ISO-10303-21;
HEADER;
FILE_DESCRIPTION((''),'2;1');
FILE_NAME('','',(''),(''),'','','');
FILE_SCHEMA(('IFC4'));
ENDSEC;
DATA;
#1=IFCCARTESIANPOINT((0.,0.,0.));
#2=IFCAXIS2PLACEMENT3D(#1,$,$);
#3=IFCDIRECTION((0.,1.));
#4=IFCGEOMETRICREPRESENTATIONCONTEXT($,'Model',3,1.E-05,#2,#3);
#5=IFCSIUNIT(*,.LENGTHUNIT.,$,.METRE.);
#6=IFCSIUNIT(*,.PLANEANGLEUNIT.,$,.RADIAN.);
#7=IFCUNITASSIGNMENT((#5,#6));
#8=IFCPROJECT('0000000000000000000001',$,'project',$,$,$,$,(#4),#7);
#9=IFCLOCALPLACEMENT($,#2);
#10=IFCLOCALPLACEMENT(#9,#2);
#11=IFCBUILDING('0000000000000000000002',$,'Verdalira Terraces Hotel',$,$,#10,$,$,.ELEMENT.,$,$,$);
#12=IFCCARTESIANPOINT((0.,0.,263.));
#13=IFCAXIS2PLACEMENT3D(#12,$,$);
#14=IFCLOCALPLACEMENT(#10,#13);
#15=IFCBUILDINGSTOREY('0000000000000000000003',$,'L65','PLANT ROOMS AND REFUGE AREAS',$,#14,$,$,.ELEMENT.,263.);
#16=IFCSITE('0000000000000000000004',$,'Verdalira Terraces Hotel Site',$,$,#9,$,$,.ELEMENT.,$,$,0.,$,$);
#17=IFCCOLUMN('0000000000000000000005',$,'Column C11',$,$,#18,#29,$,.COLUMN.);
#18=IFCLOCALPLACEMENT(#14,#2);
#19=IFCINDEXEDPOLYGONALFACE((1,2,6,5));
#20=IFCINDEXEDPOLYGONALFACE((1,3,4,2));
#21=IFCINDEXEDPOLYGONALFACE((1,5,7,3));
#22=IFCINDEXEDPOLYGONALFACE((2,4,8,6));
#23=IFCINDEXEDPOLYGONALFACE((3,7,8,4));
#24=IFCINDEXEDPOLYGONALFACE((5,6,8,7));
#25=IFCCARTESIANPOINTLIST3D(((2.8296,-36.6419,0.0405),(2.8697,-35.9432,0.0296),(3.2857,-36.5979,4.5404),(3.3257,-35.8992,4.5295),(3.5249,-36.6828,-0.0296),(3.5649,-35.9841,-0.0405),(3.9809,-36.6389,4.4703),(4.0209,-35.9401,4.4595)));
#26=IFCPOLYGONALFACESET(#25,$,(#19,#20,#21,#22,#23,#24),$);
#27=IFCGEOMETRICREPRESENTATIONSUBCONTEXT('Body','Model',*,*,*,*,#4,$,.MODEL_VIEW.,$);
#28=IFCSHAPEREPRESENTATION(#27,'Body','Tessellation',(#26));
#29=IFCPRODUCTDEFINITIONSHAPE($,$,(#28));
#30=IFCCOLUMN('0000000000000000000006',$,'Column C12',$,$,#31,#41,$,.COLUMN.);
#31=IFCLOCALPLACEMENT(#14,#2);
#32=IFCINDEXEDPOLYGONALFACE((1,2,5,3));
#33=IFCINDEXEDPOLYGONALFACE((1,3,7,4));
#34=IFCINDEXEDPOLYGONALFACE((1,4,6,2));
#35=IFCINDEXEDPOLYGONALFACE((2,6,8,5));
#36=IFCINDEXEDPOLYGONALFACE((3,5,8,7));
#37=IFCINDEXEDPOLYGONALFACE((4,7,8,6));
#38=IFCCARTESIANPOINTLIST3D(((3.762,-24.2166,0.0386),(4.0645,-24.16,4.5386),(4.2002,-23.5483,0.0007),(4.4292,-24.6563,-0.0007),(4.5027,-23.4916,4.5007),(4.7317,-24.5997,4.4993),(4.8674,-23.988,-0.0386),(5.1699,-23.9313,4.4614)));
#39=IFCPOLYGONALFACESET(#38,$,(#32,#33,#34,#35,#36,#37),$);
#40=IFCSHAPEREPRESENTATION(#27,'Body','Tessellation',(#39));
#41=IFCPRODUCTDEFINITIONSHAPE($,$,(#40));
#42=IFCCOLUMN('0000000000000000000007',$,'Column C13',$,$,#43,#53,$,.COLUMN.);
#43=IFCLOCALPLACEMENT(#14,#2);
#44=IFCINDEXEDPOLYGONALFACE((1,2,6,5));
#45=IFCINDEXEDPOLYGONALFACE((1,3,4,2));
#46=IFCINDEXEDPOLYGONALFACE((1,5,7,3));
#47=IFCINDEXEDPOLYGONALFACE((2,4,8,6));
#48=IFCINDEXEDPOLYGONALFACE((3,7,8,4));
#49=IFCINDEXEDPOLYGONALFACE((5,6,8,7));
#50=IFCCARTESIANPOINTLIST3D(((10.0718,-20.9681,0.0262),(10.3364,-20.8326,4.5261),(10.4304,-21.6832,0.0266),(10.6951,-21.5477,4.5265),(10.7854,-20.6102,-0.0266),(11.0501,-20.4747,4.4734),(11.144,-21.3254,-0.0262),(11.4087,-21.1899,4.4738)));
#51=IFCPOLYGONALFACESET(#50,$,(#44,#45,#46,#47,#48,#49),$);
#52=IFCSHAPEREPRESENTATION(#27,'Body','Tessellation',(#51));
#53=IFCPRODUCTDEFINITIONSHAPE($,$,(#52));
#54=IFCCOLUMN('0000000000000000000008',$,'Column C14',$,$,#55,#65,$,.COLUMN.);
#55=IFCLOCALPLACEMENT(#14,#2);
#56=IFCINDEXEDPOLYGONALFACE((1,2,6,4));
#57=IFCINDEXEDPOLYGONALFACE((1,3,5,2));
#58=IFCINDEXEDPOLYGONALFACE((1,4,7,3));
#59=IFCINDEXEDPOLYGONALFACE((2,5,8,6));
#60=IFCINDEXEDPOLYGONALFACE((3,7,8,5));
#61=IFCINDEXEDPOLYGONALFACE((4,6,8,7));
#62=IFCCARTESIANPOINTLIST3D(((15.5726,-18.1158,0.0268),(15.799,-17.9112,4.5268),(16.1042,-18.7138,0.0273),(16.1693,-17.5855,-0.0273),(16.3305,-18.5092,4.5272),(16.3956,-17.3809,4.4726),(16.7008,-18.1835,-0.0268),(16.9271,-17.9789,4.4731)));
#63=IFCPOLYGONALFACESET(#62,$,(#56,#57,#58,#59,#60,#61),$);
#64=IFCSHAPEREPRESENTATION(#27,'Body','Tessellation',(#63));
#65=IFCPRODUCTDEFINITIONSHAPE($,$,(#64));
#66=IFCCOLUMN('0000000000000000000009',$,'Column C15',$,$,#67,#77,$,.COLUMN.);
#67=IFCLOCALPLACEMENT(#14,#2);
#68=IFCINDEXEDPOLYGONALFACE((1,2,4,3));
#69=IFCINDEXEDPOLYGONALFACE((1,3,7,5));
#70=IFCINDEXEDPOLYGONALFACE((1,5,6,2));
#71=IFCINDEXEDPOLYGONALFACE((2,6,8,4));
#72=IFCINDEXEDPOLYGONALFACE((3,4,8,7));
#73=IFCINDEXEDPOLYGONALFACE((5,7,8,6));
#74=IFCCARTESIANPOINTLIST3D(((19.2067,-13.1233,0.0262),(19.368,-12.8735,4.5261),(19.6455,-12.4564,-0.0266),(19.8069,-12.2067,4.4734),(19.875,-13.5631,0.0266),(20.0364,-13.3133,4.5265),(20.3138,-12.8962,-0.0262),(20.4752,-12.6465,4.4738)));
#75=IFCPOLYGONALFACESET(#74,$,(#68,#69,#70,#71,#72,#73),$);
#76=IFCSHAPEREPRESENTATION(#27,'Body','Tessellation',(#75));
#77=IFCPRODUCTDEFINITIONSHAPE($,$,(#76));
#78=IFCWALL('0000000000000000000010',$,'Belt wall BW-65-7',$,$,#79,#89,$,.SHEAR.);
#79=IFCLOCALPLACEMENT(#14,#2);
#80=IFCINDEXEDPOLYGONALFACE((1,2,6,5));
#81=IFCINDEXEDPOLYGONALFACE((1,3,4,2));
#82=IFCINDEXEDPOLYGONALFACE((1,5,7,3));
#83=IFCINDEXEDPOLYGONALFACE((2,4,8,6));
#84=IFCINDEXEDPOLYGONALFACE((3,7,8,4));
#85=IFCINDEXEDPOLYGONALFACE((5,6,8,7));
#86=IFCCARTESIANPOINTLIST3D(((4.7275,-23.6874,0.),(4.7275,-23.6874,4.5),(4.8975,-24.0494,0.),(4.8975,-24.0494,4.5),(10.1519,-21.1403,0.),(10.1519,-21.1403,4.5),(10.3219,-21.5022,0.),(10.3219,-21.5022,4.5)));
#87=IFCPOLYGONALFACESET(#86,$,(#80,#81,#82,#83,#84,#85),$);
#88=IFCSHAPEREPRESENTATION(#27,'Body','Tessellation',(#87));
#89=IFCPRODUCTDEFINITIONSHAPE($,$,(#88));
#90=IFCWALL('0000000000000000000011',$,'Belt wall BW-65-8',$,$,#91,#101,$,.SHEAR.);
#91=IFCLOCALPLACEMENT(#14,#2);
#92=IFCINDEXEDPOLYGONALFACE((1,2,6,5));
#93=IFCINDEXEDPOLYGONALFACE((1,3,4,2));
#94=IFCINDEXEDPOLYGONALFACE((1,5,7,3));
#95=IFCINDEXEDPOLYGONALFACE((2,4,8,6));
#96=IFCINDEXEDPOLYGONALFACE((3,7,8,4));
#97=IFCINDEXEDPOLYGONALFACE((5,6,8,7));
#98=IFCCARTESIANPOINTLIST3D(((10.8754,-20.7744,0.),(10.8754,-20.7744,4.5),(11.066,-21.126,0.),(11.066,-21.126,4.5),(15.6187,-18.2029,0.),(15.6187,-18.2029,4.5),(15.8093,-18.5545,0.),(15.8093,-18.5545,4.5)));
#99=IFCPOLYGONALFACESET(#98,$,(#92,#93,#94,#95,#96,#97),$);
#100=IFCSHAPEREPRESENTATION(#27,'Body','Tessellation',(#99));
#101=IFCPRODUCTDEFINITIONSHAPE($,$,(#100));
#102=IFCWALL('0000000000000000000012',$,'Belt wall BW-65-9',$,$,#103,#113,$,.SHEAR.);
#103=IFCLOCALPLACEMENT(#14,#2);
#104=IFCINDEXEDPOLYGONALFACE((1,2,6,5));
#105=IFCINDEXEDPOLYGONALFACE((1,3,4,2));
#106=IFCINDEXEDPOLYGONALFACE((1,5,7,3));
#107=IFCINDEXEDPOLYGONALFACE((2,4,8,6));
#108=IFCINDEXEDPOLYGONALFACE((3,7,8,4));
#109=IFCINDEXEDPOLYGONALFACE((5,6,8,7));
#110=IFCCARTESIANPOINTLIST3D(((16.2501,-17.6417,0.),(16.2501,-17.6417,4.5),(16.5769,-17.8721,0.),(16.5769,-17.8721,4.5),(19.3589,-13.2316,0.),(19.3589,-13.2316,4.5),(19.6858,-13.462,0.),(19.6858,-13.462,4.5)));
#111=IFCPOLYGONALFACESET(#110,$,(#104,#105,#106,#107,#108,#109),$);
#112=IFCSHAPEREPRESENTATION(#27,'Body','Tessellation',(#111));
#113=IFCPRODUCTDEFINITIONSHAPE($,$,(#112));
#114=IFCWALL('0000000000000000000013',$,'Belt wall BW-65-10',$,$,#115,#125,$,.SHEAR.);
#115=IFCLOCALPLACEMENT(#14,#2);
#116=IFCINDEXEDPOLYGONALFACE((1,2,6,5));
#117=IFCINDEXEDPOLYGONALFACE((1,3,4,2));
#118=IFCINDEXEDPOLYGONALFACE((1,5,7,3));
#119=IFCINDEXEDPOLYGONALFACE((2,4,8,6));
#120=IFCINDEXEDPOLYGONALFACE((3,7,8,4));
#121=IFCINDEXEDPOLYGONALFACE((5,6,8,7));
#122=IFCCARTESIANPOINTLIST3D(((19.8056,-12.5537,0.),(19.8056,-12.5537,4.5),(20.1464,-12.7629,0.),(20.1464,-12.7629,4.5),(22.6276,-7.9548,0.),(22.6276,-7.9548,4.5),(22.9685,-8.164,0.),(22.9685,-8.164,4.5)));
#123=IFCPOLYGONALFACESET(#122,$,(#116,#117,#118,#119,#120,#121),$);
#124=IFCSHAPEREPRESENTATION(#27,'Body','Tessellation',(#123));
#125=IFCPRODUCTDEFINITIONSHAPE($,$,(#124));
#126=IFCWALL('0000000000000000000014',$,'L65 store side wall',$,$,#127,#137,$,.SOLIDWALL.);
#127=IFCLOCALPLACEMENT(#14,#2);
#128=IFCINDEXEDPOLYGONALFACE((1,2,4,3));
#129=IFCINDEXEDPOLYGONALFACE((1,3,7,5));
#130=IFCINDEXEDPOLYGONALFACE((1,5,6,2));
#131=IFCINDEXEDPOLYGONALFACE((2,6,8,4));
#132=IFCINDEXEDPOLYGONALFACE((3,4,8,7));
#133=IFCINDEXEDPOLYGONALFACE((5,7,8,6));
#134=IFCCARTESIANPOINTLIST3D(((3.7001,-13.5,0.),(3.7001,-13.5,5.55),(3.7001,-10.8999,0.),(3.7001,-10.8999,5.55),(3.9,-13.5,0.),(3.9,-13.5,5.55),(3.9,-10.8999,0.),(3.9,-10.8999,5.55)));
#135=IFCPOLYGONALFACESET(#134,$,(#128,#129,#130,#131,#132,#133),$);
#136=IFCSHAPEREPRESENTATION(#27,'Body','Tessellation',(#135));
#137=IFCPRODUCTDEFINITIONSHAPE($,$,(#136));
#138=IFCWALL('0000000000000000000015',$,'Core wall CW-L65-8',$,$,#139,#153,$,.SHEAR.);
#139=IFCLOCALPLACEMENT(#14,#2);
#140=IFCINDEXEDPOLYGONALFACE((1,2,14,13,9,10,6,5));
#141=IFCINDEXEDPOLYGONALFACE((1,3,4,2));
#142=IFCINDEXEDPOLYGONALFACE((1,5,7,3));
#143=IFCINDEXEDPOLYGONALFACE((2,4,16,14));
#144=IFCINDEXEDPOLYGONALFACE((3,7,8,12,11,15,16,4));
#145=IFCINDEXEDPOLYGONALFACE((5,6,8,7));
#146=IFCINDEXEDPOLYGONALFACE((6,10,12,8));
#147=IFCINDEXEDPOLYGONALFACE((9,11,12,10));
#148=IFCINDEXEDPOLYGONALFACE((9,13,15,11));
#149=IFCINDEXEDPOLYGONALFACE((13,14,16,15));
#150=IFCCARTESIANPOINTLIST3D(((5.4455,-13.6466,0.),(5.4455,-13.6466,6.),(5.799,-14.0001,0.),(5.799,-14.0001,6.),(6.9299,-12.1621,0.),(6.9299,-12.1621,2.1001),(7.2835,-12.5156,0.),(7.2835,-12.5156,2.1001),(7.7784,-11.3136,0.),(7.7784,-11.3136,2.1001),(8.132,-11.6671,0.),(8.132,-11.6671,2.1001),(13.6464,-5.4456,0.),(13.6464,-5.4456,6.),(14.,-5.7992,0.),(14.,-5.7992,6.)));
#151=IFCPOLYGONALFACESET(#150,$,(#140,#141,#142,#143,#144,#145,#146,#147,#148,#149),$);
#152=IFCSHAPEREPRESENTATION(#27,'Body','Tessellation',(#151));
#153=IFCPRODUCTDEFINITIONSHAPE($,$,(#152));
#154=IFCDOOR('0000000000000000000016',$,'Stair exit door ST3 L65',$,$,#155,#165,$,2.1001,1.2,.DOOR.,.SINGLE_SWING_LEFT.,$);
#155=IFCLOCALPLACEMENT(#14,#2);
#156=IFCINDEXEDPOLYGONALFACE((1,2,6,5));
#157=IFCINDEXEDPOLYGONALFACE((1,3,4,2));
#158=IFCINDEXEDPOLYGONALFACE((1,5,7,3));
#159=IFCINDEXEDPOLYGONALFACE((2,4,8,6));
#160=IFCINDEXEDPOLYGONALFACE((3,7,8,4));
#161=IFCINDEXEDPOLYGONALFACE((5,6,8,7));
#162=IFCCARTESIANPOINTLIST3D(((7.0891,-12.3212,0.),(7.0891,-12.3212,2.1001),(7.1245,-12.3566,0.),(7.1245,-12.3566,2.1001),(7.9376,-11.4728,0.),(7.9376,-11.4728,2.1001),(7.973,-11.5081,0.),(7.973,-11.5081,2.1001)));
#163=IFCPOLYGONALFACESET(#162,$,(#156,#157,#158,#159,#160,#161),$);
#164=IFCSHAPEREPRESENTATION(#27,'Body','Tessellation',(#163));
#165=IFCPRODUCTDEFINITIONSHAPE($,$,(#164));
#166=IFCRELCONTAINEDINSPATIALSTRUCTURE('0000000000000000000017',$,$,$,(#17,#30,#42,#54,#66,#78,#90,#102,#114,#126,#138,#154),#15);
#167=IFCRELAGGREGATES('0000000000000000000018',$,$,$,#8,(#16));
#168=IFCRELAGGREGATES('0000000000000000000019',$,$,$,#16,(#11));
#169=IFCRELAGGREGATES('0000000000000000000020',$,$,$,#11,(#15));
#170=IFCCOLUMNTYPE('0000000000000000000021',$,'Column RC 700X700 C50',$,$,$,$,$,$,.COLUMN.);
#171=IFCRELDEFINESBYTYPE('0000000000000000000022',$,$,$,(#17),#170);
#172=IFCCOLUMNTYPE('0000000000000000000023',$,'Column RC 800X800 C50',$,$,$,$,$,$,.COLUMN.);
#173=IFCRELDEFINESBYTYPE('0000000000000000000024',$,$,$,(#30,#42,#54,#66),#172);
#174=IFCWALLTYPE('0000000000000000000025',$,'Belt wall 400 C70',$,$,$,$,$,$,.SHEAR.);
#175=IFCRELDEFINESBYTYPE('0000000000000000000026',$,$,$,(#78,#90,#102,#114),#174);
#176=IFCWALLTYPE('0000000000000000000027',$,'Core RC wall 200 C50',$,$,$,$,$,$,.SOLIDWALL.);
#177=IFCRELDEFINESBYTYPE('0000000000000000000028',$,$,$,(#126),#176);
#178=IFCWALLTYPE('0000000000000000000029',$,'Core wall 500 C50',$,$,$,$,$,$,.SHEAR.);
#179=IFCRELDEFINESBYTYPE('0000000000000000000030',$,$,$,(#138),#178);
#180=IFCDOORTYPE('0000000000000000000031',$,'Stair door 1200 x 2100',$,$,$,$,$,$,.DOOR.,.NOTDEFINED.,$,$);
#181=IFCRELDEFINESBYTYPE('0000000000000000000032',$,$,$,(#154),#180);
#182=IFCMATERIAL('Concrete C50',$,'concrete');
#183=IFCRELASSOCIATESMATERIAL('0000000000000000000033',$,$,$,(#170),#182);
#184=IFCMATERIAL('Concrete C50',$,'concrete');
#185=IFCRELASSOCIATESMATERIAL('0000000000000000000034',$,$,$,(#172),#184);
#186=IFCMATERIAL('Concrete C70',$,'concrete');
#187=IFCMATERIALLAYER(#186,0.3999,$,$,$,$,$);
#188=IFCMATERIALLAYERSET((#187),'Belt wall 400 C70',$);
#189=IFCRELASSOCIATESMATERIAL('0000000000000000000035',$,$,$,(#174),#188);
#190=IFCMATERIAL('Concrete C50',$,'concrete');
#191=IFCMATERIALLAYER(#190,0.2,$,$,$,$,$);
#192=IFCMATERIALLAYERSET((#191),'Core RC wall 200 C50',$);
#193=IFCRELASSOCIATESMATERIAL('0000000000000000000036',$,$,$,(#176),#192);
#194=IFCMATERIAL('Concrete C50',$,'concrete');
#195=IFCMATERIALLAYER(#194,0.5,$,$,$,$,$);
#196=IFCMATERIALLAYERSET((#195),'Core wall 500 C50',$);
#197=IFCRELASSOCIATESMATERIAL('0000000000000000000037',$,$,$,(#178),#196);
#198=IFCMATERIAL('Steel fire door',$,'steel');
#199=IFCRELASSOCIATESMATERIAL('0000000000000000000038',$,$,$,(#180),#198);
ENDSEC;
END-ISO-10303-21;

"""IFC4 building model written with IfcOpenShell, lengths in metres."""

from ifc_helpers import new_model, si_unit, direction, frame, frame_2d, origin, origin_2d, place, context, subcontext, project, spatial, rectangle, extrude, material, layer, layer_set, material_profile, profile_set, type_object, element, fill, save


model = new_model("IFC4")

# Units and contexts
model_context = context("Model", 3, precision=1e-05, world=origin(), true_north=direction((0.0, 1.0)))
body_context = subcontext(model_context, "Body", "Model", "MODEL_VIEW")
ifc_project = project(units=[si_unit("LENGTHUNIT", "METRE"), si_unit("PLANEANGLEUNIT", "RADIAN")], contexts=[model_context])

# Site, building, storey
site_placement = place(None, origin())
site = spatial("IfcSite", under=ifc_project, at=site_placement, Name="Verdalira Terraces Hotel Site", CompositionType="ELEMENT", RefElevation=0.0)
building_placement = place(site_placement, origin())
building = spatial("IfcBuilding", under=site, at=building_placement, Name="Verdalira Terraces Hotel", CompositionType="ELEMENT")
storey_placement = place(building_placement, frame((0.0, 0.0, 263.0)))
storey = spatial("IfcBuildingStorey", under=building, at=storey_placement, Name="L65", Description="PLANT ROOMS AND REFUGE AREAS", CompositionType="ELEMENT", Elevation=263.0)

# Columns
ifc_material_1 = material(Name="Concrete C50", Category="concrete")
ifc_material_profile_1 = material_profile(ifc_material_1, rectangle(XDim=0.7, YDim=0.7, at=origin_2d()), Name="RC 700X700")
ifc_profile_set_1 = profile_set([ifc_material_profile_1], Name="Concrete C50")
column_type_1 = type_object("IfcColumnType", Name="Column RC 700X700 C50", PredefinedType="COLUMN", material=ifc_profile_set_1)
column_1_placement = place(storey_placement, frame((3.1973, -36.313, 0.0), z_axis=(0.100824, 0.009715, 0.994857), x_axis=(0.057175, 0.998243, -0.015543)))
element("IfcColumn", 1, at=column_1_placement, inside=storey, type_object=column_type_1, Name="Column C11", PredefinedType="COLUMN", context=body_context, shape_type="SweptSolid", body=[
    extrude(rectangle(XDim=0.7, YDim=0.7, at=origin_2d()), origin(), (0.0, 0.0, 1.0), 4.5232),
])
ifc_material_2 = material(Name="Concrete C50", Category="concrete")
ifc_material_profile_2 = material_profile(ifc_material_2, rectangle(XDim=0.8, YDim=0.8, at=origin_2d()), Name="RC 800X800")
ifc_profile_set_2 = profile_set([ifc_material_profile_2], Name="Concrete C50")
column_type_2 = type_object("IfcColumnType", Name="Column RC 800X800 C50", PredefinedType="COLUMN", material=ifc_profile_set_2)
column_2_placement = place(storey_placement, frame((4.3147, -24.1023, 0.0), z_axis=(0.067063, 0.012557, 0.99767), x_axis=(-0.547683, -0.835346, 0.04733)))
element("IfcColumn", 2, at=column_2_placement, inside=storey, type_object=column_type_2, Name="Column C12", PredefinedType="COLUMN", context=body_context, shape_type="SweptSolid", body=[
    extrude(rectangle(XDim=0.8, YDim=0.8, at=origin_2d()), origin(), (0.0, 0.0, 1.0), 4.5105),
])
column_3_placement = place(storey_placement, frame((10.6079, -21.1467, 0.0), z_axis=(0.058683, 0.030045, 0.997824), x_axis=(0.891975, 0.447253, -0.065925)))
element("IfcColumn", 3, at=column_3_placement, inside=storey, type_object=column_type_2, Name="Column C13", PredefinedType="COLUMN", context=body_context, shape_type="SweptSolid", body=[
    extrude(rectangle(XDim=0.8, YDim=0.8, at=origin_2d()), origin(), (0.0, 0.0, 1.0), 4.5098),
])
column_4_placement = place(storey_placement, frame((16.1367, -18.1497, 0.0), z_axis=(0.050178, 0.04536, 0.99771), x_axis=(-0.745726, -0.662811, 0.067639)))
element("IfcColumn", 4, at=column_4_placement, inside=storey, type_object=column_type_2, Name="Column C14", PredefinedType="COLUMN", context=body_context, shape_type="SweptSolid", body=[
    extrude(rectangle(XDim=0.8, YDim=0.8, at=origin_2d()), origin(), (0.0, 0.0, 1.0), 4.5103),
])
column_5_placement = place(storey_placement, frame((19.7603, -13.0098, 0.0), z_axis=(0.035784, 0.055381, 0.997824), x_axis=(0.548558, 0.833509, -0.065933)))
element("IfcColumn", 5, at=column_5_placement, inside=storey, type_object=column_type_2, Name="Column C15", PredefinedType="COLUMN", context=body_context, shape_type="SweptSolid", body=[
    extrude(rectangle(XDim=0.8, YDim=0.8, at=origin_2d()), origin(), (0.0, 0.0, 1.0), 4.5098),
])

# Walls
ifc_material_3 = material(Name="Concrete C70", Category="concrete")
ifc_layer_1 = layer(ifc_material_3, 0.3999)
ifc_layer_set_1 = layer_set([ifc_layer_1], Name="Belt wall 400 C70")
wall_type_1 = type_object("IfcWallType", Name="Belt wall 400 C70", PredefinedType="SHEAR", material=ifc_layer_set_1)
wall_1_placement = place(storey_placement, frame((4.8125, -23.8684, 0.0), z_axis=(0.0, 0.0, 1.0), x_axis=(0.905172, 0.425045, 0.0)))
element("IfcWall", 6, at=wall_1_placement, inside=storey, type_object=wall_type_1, Name="Belt wall BW-65-7", PredefinedType="SHEAR", context=body_context, shape_type="SweptSolid", body=[
    extrude(rectangle(XDim=5.9927, YDim=0.3999, at=frame_2d((2.9963, 0.0))), origin(), (0.0, 0.0, 1.0), 4.5),
])
wall_2_placement = place(storey_placement, frame((10.9707, -20.9502, 0.0), z_axis=(0.0, 0.0, 1.0), x_axis=(0.879122, 0.476597, 0.0)))
element("IfcWall", 7, at=wall_2_placement, inside=storey, type_object=wall_type_1, Name="Belt wall BW-65-8", PredefinedType="SHEAR", context=body_context, shape_type="SweptSolid", body=[
    extrude(rectangle(XDim=5.3955, YDim=0.3999, at=frame_2d((2.6978, 0.0))), origin(), (0.0, 0.0, 1.0), 4.5),
])
for number, where, z_axis, x_axis, name in (
    (8, (16.4136, -17.7568, 0.0), (0.0, 0.0, 1.0), (0.576168, 0.817331, 0.0), "Belt wall BW-65-9"),
    (9, (19.9761, -12.6582, 0.0), (0.0, 0.0, 1.0), (0.523014, 0.852324, 0.0), "Belt wall BW-65-10"),
):
    element("IfcWall", number, at=place(storey_placement, frame(where, z_axis=z_axis, x_axis=x_axis)), inside=storey, type_object=wall_type_1, Name=name, PredefinedType="SHEAR", context=body_context, shape_type="SweptSolid", body=[
        extrude(rectangle(XDim=5.3958, YDim=0.3999, at=frame_2d((2.6978, 0.0))), origin(), (0.0, 0.0, 1.0), 4.5),
    ])
ifc_material_4 = material(Name="Concrete C50", Category="concrete")
ifc_layer_2 = layer(ifc_material_4, 0.2)
ifc_layer_set_2 = layer_set([ifc_layer_2], Name="Core RC wall 200 C50")
wall_type_2 = type_object("IfcWallType", Name="Core RC wall 200 C50", PredefinedType="SOLIDWALL", material=ifc_layer_set_2)
wall_3_placement = place(storey_placement, frame((3.8, -10.8999, 0.0), z_axis=(0.0, 0.0, 1.0), x_axis=(0.0, -1.0, 0.0)))
element("IfcWall", 10, at=wall_3_placement, inside=storey, type_object=wall_type_2, Name="L65 store side wall", PredefinedType="SOLIDWALL", context=body_context, shape_type="SweptSolid", body=[
    extrude(rectangle(XDim=2.6001, YDim=0.2, at=frame_2d((1.3, 0.0))), origin(), (0.0, 0.0, 1.0), 5.55),
])

# Wall, opening, door
ifc_material_5 = material(Name="Concrete C50", Category="concrete")
ifc_layer_3 = layer(ifc_material_5, 0.5)
ifc_layer_set_3 = layer_set([ifc_layer_3], Name="Core wall 500 C50")
wall_type_3 = type_object("IfcWallType", Name="Core wall 500 C50", PredefinedType="SHEAR", material=ifc_layer_set_3)
wall_4_placement = place(storey_placement, frame((5.6223, -13.8232, 0.0), z_axis=(0.0, 0.0, 1.0), x_axis=(0.707107, 0.707107, 0.0)))
wall_4 = element("IfcWall", 11, at=wall_4_placement, inside=storey, type_object=wall_type_3, Name="Core wall CW-L65-8", PredefinedType="SHEAR", context=body_context, shape_type="SweptSolid", body=[
    extrude(rectangle(XDim=11.5979, YDim=0.5, at=frame_2d((5.7988, 0.0))), origin(), (0.0, 0.0, 1.0), 6.0),
])
opening_1_placement = place(wall_4_placement, frame((2.0991, 0.0, 0.0)))
opening_1 = element("IfcOpeningElement", 12, at=opening_1_placement, cuts=wall_4, PredefinedType="OPENING", context=body_context, shape_type="SweptSolid", body=[
    extrude(rectangle(XDim=1.2, YDim=2.1001, at=frame_2d((0.6001, 1.05))), frame((0.0, 0.26, 0.0), z_axis=(0.0, -1.0, 0.0), x_axis=(1.0, 0.0, 0.0)), (0.0, 0.0, 1.0), 0.52),
])
ifc_material_6 = material(Name="Steel fire door", Category="steel")
door_type_1 = type_object("IfcDoorType", Name="Stair door 1200 x 2100", OperationType="NOTDEFINED", PredefinedType="DOOR", material=ifc_material_6)
door_1_placement = place(opening_1_placement, origin())
door_1 = element("IfcDoor", 13, at=door_1_placement, inside=storey, type_object=door_type_1, Name="Stair exit door ST3 L65", OperationType="SINGLE_SWING_LEFT", OverallHeight=2.1001, OverallWidth=1.2, PredefinedType="DOOR", context=body_context, shape_type="SweptSolid", body=[
    extrude(rectangle(XDim=1.2, YDim=2.1001, at=frame_2d((0.6001, 1.05))), frame((0.0, 0.0249, 0.0), z_axis=(0.0, -1.0, 0.0), x_axis=(1.0, 0.0, 0.0)), (0.0, 0.0, 1.0), 0.05),
])
fill(opening_1, door_1)

save(model, "model.ifc")
